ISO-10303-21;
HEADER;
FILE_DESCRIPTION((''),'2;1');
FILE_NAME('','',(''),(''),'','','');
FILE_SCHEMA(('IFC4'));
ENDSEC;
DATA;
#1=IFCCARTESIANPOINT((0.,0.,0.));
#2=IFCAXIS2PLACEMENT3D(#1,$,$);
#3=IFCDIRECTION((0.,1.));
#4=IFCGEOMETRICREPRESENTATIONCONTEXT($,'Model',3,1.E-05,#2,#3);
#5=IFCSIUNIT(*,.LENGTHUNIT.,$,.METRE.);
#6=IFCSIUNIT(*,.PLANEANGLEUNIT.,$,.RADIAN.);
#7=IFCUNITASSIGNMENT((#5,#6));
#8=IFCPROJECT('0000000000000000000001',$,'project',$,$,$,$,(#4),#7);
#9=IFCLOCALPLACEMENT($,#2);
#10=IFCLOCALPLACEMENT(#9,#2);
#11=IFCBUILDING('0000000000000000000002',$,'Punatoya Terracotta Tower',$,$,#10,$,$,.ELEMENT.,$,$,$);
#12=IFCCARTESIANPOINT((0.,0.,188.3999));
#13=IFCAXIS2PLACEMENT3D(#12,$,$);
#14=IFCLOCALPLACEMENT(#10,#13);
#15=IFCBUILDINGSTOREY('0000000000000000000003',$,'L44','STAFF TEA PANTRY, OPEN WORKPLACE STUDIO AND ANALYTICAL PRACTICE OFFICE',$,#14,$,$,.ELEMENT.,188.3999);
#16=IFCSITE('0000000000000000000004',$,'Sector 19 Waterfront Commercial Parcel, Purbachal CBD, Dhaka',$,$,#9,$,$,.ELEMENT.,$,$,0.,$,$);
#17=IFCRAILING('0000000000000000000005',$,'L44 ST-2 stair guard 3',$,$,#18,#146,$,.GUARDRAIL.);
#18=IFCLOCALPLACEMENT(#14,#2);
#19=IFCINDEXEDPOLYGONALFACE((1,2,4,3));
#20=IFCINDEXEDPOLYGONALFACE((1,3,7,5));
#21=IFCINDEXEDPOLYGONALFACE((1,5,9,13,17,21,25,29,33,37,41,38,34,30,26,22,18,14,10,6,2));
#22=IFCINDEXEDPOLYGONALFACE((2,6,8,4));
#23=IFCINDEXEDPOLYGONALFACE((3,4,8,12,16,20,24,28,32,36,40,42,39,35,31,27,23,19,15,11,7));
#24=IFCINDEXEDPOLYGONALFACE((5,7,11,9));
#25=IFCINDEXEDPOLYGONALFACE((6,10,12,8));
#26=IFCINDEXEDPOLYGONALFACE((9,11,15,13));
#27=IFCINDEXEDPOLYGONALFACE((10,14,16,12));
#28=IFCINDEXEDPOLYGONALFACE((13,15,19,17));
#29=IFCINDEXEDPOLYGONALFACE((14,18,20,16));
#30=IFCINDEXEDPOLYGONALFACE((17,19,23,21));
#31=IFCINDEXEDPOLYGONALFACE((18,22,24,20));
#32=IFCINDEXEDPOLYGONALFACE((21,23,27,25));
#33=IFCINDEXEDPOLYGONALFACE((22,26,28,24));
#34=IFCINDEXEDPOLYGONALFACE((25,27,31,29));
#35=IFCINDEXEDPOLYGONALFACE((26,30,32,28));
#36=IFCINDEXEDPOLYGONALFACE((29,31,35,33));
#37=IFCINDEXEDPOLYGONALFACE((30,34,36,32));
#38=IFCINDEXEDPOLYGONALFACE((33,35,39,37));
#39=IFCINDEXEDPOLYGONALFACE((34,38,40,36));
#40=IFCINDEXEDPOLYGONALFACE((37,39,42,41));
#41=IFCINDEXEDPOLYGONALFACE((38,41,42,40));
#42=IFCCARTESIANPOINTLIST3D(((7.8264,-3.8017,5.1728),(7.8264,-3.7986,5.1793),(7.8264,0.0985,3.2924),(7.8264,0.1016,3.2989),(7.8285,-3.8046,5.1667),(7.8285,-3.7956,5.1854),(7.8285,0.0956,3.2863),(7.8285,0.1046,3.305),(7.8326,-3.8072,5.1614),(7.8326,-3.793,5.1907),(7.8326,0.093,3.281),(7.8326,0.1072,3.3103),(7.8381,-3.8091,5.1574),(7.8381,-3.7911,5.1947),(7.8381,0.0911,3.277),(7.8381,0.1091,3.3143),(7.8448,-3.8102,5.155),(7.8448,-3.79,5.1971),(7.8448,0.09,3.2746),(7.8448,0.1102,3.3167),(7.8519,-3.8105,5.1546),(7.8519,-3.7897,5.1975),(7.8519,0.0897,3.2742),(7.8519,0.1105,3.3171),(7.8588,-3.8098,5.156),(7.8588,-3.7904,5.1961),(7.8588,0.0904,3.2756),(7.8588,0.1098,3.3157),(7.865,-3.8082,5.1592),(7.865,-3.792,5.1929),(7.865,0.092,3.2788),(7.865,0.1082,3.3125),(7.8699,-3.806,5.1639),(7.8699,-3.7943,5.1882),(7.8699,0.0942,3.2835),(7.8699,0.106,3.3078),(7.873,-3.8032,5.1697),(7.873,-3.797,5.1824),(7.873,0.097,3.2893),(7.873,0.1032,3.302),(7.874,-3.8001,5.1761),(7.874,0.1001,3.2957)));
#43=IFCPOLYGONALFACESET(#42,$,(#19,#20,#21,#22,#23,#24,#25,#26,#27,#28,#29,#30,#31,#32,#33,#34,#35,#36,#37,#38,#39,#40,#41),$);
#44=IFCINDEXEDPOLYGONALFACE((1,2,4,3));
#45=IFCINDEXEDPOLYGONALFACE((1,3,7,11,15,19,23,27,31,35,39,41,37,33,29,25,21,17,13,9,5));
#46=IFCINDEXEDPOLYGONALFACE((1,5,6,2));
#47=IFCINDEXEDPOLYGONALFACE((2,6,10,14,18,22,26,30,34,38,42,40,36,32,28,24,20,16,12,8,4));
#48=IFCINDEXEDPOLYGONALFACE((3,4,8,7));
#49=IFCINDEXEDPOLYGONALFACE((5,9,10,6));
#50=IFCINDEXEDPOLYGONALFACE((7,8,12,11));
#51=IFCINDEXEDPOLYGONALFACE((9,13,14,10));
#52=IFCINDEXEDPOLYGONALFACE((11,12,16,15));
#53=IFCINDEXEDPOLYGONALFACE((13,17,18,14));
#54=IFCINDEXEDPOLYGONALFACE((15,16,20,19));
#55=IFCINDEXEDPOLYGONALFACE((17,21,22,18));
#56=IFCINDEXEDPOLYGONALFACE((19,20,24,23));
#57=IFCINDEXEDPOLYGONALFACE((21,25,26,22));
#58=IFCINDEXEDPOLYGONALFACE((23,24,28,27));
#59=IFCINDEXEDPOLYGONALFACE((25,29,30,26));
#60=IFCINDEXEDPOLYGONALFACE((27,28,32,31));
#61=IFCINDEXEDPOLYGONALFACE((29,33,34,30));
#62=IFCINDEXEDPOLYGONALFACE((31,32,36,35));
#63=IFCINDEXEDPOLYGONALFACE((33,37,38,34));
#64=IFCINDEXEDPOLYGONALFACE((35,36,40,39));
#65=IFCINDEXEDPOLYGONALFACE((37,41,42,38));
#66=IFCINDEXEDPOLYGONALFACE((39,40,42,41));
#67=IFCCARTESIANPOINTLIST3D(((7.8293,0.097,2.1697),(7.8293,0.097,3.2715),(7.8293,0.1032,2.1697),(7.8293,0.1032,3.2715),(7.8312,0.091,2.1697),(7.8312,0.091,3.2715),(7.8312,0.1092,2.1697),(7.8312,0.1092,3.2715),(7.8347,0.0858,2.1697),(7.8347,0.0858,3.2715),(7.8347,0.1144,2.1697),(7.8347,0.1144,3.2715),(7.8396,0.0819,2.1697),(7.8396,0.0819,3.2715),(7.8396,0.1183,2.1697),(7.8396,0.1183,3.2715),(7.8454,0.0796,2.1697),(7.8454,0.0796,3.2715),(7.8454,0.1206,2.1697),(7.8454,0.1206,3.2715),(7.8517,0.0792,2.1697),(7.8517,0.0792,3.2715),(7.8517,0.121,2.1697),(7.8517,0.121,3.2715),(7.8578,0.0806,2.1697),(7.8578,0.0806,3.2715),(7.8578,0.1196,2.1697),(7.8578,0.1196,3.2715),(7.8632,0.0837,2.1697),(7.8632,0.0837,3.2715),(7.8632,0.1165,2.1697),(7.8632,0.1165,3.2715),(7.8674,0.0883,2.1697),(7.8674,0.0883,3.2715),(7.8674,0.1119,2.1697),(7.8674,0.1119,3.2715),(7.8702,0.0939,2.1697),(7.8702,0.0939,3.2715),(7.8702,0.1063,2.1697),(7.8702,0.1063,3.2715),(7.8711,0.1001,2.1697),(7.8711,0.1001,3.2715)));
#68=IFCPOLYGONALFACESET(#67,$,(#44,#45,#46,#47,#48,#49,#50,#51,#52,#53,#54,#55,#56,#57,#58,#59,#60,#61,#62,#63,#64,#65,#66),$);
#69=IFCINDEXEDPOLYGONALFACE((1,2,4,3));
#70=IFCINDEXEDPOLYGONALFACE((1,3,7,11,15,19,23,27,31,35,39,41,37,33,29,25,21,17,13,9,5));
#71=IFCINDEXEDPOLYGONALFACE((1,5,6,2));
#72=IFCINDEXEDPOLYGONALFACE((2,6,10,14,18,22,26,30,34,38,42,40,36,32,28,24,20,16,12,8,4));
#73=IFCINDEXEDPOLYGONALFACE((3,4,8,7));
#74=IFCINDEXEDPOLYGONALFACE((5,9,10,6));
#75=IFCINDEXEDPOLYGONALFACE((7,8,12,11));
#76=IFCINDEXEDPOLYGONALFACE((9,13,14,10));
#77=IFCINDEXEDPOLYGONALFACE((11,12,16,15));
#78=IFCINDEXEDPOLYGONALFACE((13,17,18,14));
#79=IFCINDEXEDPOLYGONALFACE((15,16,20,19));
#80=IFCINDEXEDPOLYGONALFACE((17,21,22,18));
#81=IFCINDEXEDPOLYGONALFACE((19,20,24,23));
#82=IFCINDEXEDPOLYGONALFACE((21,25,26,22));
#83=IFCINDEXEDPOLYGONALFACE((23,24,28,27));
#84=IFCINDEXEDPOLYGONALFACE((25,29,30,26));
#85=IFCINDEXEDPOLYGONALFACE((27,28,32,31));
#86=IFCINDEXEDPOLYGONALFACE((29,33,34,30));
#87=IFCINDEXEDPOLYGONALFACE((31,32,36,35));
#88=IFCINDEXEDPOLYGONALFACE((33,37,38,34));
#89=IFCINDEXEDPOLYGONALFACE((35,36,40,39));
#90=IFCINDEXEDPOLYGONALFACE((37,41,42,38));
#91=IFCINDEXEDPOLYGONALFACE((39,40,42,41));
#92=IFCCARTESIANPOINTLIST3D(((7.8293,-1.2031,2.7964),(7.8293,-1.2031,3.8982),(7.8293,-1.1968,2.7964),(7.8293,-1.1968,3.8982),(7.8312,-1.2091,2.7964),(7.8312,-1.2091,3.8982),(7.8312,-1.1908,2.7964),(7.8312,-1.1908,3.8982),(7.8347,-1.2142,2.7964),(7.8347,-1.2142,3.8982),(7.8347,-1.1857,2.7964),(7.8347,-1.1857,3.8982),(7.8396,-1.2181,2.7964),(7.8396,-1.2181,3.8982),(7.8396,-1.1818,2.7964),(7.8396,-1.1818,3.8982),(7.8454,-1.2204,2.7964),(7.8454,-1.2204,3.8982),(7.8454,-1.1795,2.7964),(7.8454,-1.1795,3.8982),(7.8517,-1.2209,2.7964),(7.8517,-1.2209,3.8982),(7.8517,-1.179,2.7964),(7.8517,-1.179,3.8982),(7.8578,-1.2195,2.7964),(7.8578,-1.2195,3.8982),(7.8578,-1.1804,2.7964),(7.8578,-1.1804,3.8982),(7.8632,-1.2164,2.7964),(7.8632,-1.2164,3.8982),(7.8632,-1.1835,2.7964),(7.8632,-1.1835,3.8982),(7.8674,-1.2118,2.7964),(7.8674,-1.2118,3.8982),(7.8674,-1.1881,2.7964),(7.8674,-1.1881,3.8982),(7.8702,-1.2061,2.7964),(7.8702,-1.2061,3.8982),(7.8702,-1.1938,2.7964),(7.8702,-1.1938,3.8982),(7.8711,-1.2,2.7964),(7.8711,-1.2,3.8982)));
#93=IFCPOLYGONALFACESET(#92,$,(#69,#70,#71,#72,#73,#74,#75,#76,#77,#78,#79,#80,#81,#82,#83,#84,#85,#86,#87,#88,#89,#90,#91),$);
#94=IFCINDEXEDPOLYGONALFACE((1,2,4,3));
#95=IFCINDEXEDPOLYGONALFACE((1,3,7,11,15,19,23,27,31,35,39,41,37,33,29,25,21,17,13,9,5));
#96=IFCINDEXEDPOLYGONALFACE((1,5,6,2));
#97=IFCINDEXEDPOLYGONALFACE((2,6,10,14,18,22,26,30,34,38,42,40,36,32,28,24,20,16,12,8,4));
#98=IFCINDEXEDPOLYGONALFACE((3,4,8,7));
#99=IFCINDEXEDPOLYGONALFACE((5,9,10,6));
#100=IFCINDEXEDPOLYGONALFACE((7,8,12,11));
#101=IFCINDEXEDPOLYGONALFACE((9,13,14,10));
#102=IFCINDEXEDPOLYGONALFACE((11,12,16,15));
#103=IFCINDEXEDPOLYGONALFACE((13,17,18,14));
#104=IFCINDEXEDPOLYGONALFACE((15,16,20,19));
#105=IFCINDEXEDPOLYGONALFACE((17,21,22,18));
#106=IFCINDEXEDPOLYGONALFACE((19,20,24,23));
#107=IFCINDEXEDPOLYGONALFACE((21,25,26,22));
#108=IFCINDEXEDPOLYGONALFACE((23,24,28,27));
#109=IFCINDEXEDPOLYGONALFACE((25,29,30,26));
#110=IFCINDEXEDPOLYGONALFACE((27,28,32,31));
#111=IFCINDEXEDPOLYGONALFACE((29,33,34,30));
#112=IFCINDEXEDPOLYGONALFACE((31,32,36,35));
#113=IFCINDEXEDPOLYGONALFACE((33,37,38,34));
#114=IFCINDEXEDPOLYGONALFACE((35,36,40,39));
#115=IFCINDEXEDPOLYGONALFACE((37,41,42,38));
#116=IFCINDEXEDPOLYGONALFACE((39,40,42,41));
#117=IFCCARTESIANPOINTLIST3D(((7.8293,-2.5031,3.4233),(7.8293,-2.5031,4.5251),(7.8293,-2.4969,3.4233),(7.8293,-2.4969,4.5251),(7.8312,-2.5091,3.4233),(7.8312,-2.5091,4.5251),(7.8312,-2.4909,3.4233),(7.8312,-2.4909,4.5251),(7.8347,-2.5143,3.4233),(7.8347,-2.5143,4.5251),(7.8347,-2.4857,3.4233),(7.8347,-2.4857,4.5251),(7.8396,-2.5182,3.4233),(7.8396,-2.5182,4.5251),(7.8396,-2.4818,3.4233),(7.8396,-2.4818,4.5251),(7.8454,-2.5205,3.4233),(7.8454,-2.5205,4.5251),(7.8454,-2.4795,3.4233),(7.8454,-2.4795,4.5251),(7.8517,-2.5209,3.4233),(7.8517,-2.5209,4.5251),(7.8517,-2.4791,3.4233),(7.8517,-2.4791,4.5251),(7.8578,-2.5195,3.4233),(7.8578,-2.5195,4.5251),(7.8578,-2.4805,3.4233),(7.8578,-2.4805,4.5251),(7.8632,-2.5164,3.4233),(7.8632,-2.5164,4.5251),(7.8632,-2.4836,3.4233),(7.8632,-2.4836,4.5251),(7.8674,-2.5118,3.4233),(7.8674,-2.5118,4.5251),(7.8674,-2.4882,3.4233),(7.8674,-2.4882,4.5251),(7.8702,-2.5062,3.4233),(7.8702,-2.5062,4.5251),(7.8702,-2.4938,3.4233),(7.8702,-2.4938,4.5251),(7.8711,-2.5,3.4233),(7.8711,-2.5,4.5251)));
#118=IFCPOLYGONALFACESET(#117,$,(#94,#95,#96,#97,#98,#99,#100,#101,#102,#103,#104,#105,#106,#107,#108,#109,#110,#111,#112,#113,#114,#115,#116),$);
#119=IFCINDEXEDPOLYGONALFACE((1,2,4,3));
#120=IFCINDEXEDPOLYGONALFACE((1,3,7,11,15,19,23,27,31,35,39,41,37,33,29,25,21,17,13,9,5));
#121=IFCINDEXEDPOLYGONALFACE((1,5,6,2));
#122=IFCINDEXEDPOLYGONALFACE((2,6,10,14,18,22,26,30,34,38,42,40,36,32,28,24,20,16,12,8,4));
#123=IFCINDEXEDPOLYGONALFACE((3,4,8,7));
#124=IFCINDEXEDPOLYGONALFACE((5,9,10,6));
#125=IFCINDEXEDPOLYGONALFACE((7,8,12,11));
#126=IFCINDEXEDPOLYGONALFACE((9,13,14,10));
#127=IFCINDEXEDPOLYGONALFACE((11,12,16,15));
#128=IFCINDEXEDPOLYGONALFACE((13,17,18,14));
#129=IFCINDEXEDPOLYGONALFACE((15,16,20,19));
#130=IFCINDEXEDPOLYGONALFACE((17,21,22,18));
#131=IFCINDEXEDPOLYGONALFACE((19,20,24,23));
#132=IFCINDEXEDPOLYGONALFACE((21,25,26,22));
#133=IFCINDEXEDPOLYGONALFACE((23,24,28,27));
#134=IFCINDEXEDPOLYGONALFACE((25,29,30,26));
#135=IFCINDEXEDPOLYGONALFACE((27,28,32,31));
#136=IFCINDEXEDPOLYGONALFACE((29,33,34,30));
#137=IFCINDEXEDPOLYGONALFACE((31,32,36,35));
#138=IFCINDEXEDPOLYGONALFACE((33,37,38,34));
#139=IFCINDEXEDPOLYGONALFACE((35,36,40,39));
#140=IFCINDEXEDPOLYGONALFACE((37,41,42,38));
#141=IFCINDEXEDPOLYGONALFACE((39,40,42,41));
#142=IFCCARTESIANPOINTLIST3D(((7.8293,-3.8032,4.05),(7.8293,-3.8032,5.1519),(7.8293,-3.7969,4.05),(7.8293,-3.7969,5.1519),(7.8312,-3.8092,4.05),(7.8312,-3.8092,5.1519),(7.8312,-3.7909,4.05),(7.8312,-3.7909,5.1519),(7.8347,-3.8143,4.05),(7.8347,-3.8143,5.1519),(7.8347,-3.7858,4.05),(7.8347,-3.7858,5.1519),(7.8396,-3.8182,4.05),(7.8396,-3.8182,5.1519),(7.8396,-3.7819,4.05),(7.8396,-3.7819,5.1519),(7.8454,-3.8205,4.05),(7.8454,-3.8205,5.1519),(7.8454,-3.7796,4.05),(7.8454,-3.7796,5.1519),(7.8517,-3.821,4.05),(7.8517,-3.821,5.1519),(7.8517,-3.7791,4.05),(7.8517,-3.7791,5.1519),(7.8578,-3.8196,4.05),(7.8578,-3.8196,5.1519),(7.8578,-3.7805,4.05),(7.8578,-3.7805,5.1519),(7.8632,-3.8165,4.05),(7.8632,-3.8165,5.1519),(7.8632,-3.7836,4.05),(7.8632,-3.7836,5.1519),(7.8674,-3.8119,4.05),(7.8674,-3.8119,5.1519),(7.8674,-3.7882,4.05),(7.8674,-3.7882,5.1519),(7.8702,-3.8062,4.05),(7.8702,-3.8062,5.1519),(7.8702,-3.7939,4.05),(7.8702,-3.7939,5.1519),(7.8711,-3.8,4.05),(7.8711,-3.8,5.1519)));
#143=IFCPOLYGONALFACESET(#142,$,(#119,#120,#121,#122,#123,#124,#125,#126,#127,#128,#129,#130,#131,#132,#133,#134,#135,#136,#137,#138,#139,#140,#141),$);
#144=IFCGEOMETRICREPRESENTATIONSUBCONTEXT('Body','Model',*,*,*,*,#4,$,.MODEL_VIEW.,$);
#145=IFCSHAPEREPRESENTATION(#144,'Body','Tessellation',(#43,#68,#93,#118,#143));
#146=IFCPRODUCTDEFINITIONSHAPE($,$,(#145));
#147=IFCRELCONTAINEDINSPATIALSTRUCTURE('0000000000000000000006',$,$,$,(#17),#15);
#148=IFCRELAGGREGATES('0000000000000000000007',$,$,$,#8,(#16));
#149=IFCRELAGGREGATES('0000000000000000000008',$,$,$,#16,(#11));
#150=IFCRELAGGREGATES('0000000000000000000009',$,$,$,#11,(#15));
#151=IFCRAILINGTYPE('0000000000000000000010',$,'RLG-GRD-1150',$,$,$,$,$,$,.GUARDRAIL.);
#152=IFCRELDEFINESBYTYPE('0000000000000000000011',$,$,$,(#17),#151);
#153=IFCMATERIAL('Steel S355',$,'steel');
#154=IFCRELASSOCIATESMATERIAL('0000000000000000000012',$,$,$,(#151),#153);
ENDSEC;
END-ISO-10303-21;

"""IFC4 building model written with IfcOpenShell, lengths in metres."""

from ifc_helpers import new_model, si_unit, direction, frame, origin, origin_2d, place, context, subcontext, project, spatial, circle, extrude, material, type_object, element, save


model = new_model("IFC4")

# Units and contexts
model_context = context("Model", 3, precision=1e-05, world=origin(), true_north=direction((0.0, 1.0)))
body_context = subcontext(model_context, "Body", "Model", "MODEL_VIEW")
ifc_project = project(units=[si_unit("LENGTHUNIT", "METRE"), si_unit("PLANEANGLEUNIT", "RADIAN")], contexts=[model_context])

# Site, building, storey
site_placement = place(None, origin())
site = spatial("IfcSite", under=ifc_project, at=site_placement, Name="Sector 19 Waterfront Commercial Parcel, Purbachal CBD, Dhaka", CompositionType="ELEMENT", RefElevation=0.0)
building_placement = place(site_placement, origin())
building = spatial("IfcBuilding", under=site, at=building_placement, Name="Punatoya Terracotta Tower", CompositionType="ELEMENT")
storey_placement = place(building_placement, frame((0.0, 0.0, 188.3999)))
storey = spatial("IfcBuildingStorey", under=building, at=storey_placement, Name="L44", Description="STAFF TEA PANTRY, OPEN WORKPLACE STUDIO AND ANALYTICAL PRACTICE OFFICE", CompositionType="ELEMENT", Elevation=188.3999)

# Shared definitions
ifc_material_1 = material(Name="Steel S355", Category="steel")

# Railing
railing_type_1 = type_object("IfcRailingType", Name="RLG-GRD-1150", PredefinedType="GUARDRAIL", material=ifc_material_1)
railing_1_placement = place(storey_placement, frame((7.8501, 0.1001, 2.1697)))
element("IfcRailing", 1, at=railing_1_placement, inside=storey, type_object=railing_type_1, Name="L44 ST-2 stair guard 3", PredefinedType="GUARDRAIL", context=body_context, shape_type="SweptSolid", body=[
    extrude(circle(Radius=0.0239, at=origin_2d()), frame((0.0, 0.0, 1.126), z_axis=(0.0, -0.900774, 0.434289), x_axis=(1.0, 0.0, 0.0)), (0.0, 0.0, 1.0), 4.3298),
    extrude(circle(Radius=0.021, at=origin_2d()), origin(), (0.0, 0.0, 1.0), 1.1018),
    extrude(circle(Radius=0.021, at=origin_2d()), frame((0.0, -1.3, 0.6267)), (0.0, 0.0, 1.0), 1.1018),
    extrude(circle(Radius=0.021, at=origin_2d()), frame((0.0, -2.6001, 1.2537)), (0.0, 0.0, 1.0), 1.1018),
    extrude(circle(Radius=0.021, at=origin_2d()), frame((0.0, -3.9001, 1.8804)), (0.0, 0.0, 1.0), 1.1018),
])

save(model, "model.ifc")
